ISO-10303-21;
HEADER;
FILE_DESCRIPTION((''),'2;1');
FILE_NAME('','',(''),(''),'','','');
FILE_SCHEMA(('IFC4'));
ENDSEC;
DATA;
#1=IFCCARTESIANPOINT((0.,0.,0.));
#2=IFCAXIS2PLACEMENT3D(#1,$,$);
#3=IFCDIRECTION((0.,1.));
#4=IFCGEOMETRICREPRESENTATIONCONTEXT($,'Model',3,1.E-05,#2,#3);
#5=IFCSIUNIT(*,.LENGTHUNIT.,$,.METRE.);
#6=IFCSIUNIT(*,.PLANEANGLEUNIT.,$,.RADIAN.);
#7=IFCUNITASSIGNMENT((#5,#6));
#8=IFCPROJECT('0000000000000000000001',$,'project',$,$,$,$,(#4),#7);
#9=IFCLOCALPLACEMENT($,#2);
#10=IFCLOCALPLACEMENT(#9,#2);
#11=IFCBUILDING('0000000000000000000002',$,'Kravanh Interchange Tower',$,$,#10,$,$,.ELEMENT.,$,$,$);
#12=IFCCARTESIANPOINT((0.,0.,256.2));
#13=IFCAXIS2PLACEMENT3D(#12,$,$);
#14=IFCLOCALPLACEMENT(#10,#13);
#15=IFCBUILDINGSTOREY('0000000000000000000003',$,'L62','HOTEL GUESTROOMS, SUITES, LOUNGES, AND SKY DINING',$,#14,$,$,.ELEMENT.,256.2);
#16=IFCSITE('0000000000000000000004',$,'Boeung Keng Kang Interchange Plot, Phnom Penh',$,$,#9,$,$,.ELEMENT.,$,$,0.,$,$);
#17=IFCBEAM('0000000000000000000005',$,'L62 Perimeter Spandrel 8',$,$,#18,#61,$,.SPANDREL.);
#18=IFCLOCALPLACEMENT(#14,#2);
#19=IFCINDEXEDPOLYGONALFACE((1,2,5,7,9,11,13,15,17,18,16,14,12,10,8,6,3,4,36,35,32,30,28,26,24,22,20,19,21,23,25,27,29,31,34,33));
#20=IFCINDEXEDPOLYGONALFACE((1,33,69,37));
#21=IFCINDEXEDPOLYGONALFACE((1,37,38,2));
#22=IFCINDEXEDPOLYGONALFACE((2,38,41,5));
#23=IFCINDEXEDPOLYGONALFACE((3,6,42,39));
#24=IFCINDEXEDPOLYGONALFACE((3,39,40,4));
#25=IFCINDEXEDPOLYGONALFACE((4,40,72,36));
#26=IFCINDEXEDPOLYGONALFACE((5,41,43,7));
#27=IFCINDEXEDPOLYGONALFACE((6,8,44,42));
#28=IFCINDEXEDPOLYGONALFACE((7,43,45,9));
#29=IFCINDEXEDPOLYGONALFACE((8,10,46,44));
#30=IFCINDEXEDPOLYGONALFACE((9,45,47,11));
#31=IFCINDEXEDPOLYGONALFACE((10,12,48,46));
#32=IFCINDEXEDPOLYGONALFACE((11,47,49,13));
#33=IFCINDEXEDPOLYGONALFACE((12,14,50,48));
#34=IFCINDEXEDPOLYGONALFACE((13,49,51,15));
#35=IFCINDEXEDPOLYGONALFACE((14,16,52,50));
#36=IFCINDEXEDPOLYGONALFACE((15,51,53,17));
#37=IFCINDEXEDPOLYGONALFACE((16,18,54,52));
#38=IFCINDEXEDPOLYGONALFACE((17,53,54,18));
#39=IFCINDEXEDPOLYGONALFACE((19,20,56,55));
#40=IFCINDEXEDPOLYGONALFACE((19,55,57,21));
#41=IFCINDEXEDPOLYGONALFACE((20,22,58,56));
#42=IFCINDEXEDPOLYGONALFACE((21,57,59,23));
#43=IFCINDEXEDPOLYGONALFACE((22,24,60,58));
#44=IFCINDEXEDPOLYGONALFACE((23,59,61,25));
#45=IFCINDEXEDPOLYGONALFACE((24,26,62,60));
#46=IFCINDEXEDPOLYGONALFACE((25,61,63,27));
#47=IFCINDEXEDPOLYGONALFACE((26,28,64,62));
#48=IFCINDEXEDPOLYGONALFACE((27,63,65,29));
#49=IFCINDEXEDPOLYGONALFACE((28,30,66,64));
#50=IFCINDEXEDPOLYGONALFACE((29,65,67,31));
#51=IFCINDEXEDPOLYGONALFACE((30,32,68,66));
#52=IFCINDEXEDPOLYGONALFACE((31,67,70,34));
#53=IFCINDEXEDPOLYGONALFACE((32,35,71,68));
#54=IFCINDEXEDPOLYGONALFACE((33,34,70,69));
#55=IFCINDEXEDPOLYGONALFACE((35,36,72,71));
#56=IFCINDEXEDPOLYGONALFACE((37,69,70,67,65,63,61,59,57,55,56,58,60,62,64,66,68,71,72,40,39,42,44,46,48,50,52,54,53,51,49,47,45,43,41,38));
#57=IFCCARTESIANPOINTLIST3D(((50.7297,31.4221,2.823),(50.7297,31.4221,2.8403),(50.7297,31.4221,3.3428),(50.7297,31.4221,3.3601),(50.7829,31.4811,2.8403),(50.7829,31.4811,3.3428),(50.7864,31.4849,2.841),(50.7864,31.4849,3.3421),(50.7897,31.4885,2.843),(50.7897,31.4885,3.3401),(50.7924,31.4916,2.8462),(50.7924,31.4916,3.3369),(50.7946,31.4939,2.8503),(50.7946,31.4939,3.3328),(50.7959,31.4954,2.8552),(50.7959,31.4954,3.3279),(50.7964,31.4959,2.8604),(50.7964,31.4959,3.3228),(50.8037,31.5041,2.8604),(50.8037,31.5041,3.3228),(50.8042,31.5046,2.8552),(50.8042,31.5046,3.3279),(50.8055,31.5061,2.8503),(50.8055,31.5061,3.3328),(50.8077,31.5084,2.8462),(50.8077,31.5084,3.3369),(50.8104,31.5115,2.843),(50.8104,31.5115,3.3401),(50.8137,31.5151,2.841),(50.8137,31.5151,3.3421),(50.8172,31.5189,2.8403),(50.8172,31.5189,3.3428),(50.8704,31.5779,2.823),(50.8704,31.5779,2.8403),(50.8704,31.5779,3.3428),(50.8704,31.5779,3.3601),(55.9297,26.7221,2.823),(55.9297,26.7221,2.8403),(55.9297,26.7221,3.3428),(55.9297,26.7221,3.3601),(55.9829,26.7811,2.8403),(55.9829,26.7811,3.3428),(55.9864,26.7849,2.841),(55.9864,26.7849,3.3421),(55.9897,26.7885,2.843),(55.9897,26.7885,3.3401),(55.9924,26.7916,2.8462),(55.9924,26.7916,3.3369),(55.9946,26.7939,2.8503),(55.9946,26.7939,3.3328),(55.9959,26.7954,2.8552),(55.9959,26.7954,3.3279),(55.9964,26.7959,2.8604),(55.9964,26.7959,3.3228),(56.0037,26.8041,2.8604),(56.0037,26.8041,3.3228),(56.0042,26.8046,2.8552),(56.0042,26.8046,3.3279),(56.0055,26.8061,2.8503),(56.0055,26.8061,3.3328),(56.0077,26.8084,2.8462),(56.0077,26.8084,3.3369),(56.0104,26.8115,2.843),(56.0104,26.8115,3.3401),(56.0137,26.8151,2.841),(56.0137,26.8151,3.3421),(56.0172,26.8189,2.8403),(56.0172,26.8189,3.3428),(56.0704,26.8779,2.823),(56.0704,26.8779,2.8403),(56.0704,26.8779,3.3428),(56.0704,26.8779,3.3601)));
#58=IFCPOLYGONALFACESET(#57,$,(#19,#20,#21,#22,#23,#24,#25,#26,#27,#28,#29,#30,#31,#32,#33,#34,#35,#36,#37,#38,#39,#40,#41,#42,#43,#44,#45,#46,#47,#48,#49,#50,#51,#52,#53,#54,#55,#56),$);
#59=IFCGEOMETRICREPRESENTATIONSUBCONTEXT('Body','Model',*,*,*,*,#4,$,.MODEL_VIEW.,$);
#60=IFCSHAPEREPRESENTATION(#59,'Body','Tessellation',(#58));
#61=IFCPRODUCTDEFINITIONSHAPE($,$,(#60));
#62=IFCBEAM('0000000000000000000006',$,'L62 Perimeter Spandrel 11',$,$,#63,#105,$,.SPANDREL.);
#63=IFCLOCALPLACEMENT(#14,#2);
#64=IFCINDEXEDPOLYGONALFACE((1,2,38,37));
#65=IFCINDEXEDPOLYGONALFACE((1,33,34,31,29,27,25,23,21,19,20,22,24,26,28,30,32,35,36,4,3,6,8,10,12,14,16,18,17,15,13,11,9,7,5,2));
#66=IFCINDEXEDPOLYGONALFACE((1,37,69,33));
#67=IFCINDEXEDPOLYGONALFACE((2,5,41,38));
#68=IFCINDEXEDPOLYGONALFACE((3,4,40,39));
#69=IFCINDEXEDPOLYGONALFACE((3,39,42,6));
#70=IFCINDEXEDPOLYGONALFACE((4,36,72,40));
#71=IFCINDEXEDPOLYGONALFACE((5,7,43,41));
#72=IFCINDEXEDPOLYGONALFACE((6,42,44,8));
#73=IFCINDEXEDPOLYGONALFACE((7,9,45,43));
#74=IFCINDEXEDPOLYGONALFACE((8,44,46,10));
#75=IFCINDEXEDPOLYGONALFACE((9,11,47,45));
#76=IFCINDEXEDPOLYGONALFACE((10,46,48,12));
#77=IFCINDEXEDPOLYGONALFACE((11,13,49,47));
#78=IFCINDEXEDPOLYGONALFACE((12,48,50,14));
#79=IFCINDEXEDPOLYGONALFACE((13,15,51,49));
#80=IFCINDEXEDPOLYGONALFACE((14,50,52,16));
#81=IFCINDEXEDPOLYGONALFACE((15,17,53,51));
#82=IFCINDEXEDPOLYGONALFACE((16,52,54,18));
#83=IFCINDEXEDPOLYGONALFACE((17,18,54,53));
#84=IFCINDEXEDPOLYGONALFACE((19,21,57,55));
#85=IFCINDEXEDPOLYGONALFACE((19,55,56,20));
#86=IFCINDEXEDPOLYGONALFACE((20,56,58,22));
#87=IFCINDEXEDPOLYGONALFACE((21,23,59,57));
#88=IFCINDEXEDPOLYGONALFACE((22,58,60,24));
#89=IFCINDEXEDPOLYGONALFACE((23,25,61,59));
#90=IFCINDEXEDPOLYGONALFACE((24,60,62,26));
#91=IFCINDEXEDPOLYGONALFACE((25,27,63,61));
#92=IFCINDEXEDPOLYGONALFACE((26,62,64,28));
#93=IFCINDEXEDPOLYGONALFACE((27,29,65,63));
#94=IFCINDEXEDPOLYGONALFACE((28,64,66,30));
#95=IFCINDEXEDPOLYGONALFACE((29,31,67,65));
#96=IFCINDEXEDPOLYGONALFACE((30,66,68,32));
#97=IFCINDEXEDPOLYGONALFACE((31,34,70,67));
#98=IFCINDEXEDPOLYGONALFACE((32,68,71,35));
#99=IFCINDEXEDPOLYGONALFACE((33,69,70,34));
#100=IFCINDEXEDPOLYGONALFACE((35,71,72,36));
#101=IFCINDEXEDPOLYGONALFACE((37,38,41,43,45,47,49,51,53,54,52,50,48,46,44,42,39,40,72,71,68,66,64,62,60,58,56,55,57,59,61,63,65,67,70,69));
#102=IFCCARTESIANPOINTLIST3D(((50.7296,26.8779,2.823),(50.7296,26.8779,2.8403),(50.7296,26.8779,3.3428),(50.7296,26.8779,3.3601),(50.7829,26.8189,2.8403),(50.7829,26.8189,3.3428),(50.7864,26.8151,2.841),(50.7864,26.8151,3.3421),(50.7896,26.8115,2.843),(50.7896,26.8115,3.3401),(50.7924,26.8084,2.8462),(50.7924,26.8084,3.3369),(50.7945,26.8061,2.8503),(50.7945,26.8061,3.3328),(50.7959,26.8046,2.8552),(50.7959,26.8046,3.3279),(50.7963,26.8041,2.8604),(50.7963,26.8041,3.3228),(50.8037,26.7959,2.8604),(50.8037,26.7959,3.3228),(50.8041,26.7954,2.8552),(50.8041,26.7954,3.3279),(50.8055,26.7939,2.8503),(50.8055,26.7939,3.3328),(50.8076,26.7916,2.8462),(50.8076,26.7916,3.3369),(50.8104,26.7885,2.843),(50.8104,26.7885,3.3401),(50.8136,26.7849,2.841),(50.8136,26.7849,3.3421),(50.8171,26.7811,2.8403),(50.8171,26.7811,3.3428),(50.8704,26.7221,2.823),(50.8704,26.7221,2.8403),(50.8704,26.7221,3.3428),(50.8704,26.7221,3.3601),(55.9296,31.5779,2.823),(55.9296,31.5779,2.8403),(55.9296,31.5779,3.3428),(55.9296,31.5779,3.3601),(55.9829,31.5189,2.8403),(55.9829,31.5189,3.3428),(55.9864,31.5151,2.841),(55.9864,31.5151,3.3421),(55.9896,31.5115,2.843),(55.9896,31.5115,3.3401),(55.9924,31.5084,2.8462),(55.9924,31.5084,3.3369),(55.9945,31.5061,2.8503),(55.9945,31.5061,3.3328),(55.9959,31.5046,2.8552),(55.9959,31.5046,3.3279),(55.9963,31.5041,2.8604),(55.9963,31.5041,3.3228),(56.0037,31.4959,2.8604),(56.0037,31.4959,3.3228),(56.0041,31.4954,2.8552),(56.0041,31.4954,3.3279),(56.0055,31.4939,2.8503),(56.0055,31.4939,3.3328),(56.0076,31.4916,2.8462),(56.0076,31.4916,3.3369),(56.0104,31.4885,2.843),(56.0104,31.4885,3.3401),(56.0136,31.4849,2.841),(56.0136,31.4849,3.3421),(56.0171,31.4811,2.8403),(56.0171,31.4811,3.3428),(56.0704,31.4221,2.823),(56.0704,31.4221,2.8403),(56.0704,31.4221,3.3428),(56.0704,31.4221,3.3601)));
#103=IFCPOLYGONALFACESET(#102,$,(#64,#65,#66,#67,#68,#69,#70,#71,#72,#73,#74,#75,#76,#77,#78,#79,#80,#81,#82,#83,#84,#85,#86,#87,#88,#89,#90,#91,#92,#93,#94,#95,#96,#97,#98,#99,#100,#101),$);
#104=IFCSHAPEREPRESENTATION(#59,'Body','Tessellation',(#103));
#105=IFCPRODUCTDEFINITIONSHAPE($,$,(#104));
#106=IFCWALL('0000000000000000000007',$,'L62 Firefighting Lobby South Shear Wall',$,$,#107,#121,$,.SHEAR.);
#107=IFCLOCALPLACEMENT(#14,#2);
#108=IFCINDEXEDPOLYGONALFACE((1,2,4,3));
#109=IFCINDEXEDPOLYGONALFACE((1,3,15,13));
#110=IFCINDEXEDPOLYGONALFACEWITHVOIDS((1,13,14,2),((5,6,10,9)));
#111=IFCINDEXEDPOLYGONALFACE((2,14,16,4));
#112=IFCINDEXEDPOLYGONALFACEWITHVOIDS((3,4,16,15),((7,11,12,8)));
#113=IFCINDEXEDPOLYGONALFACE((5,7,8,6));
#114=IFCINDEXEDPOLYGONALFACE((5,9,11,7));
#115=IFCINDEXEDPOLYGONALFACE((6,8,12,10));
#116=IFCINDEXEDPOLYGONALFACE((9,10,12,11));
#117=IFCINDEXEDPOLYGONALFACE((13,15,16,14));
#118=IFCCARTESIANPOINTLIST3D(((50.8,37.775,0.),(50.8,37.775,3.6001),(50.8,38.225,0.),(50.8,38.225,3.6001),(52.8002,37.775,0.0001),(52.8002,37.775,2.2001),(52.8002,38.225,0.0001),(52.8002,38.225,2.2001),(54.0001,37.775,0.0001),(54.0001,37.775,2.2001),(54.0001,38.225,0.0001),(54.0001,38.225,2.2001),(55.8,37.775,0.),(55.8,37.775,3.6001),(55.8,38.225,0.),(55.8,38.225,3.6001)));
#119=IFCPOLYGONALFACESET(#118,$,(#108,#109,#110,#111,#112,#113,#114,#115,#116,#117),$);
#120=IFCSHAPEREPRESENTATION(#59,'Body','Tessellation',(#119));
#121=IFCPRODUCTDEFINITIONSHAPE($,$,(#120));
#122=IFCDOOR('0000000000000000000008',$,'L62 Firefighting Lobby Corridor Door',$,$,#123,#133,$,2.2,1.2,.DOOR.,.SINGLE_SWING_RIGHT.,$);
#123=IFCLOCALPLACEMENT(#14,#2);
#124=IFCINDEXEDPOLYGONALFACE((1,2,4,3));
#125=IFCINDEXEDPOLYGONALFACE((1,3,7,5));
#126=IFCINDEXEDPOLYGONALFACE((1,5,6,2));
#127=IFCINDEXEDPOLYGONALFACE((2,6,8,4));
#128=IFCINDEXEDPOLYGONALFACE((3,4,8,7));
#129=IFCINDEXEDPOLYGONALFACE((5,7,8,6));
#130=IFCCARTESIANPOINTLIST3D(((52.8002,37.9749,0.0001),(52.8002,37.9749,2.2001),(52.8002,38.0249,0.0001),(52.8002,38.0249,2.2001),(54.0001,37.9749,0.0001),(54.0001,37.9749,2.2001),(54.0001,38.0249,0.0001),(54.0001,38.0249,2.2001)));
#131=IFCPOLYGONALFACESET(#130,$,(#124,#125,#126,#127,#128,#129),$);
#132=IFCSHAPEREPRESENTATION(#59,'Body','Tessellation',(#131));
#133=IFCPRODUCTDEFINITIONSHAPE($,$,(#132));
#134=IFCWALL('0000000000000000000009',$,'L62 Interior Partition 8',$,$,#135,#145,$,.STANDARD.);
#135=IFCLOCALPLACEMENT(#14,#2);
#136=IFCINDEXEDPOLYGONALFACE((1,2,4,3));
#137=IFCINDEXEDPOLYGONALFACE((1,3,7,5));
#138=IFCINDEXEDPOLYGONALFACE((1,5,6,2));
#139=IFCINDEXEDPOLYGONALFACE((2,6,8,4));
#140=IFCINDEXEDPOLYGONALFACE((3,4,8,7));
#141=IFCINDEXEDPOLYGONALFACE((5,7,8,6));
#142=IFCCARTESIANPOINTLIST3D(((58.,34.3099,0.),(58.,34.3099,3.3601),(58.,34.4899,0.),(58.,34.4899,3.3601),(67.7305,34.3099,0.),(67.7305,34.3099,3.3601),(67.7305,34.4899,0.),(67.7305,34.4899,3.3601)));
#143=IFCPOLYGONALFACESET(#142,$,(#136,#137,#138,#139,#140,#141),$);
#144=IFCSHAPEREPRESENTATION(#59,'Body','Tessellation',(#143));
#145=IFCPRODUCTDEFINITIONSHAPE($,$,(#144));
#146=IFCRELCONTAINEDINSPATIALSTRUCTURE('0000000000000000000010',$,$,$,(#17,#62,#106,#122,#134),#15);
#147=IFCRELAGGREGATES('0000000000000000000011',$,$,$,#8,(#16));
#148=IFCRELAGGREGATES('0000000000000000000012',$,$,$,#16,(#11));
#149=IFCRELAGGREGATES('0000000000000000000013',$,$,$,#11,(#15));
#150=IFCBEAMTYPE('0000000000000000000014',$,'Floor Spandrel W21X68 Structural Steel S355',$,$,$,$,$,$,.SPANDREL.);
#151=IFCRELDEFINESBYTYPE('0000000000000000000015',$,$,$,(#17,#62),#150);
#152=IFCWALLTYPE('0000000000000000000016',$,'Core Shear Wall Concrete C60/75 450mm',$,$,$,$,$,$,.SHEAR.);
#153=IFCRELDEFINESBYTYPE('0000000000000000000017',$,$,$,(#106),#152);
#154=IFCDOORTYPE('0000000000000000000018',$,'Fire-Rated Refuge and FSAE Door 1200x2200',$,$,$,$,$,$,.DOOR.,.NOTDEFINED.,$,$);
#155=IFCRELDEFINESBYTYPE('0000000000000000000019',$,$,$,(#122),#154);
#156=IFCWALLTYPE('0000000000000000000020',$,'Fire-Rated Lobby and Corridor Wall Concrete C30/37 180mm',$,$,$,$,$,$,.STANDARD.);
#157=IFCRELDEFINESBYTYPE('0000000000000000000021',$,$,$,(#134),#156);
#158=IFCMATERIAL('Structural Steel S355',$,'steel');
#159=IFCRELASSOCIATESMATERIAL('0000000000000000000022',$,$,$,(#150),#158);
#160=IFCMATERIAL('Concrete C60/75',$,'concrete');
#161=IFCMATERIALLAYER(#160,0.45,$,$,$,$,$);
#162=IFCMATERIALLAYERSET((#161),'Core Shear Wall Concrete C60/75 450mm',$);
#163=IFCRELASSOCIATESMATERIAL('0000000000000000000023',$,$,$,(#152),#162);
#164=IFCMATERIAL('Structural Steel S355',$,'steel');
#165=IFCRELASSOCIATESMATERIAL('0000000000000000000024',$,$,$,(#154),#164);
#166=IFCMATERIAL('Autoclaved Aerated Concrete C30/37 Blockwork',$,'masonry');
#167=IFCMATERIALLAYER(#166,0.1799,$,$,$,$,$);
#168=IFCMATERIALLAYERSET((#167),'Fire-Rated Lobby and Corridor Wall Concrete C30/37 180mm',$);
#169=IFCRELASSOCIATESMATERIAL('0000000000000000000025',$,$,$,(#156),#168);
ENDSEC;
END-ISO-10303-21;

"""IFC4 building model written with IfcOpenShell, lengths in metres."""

from ifc_helpers import new_model, si_unit, direction, frame, frame_2d, origin, origin_2d, place, context, subcontext, project, spatial, rectangle, i_section, extrude, material, layer, layer_set, material_profile, profile_set, type_object, element, fill, save


model = new_model("IFC4")

# Units and contexts
model_context = context("Model", 3, precision=1e-05, world=origin(), true_north=direction((0.0, 1.0)))
body_context = subcontext(model_context, "Body", "Model", "MODEL_VIEW")
ifc_project = project(units=[si_unit("LENGTHUNIT", "METRE"), si_unit("PLANEANGLEUNIT", "RADIAN")], contexts=[model_context])

# Site, building, storey
site_placement = place(None, origin())
site = spatial("IfcSite", under=ifc_project, at=site_placement, Name="Boeung Keng Kang Interchange Plot, Phnom Penh", CompositionType="ELEMENT", RefElevation=0.0)
building_placement = place(site_placement, origin())
building = spatial("IfcBuilding", under=site, at=building_placement, Name="Kravanh Interchange Tower", CompositionType="ELEMENT")
storey_placement = place(building_placement, frame((0.0, 0.0, 256.2)))
storey = spatial("IfcBuildingStorey", under=building, at=storey_placement, Name="L62", Description="HOTEL GUESTROOMS, SUITES, LOUNGES, AND SKY DINING", CompositionType="ELEMENT", Elevation=256.2)

# Beams
ifc_material_1 = material(Name="Structural Steel S355", Category="steel")
ifc_material_profile_1 = material_profile(ifc_material_1, i_section(OverallWidth=0.21, OverallDepth=0.5371, WebThickness=0.011, FlangeThickness=0.0173, FilletRadius=0.02, at=origin_2d()), Name="W21X68")
ifc_profile_set_1 = profile_set([ifc_material_profile_1], Name="Structural Steel S355")
beam_type_1 = type_object("IfcBeamType", Name="Floor Spandrel W21X68 Structural Steel S355", PredefinedType="SPANDREL", material=ifc_profile_set_1)
for number, where, z_axis, x_axis, name in (
    (1, (50.8, 31.5, 3.0916), (0.741874, -0.670539, 0.0), (0.670539, 0.741874, 0.0), "L62 Perimeter Spandrel 8"),
    (2, (56.0, 31.5, 3.0916), (-0.741874, -0.670539, 0.0), (0.670539, -0.741874, 0.0), "L62 Perimeter Spandrel 11"),
):
    element("IfcBeam", number, at=place(storey_placement, frame(where, z_axis=z_axis, x_axis=x_axis)), inside=storey, type_object=beam_type_1, Name=name, PredefinedType="SPANDREL", context=body_context, shape_type="SweptSolid", body=[
        extrude(i_section(OverallWidth=0.21, OverallDepth=0.5371, WebThickness=0.011, FlangeThickness=0.0173, FilletRadius=0.02, at=origin_2d()), origin(), (0.0, 0.0, 1.0), 7.0093),
    ])

# Shared definitions
ifc_material_2 = material(Name="Concrete C60/75", Category="concrete")
ifc_layer_1 = layer(ifc_material_2, 0.45)
ifc_layer_set_1 = layer_set([ifc_layer_1], Name="Core Shear Wall Concrete C60/75 450mm")
wall_type_1 = type_object("IfcWallType", Name="Core Shear Wall Concrete C60/75 450mm", PredefinedType="SHEAR", material=ifc_layer_set_1)

# Wall, opening, door
wall_1_placement = place(storey_placement, frame((50.8, 38.0, 0.0), z_axis=(0.0, 0.0, 1.0), x_axis=(1.0, 0.0, 0.0)))
wall_1 = element("IfcWall", 3, at=wall_1_placement, inside=storey, type_object=wall_type_1, Name="L62 Firefighting Lobby South Shear Wall", PredefinedType="SHEAR", context=body_context, shape_type="SweptSolid", body=[
    extrude(rectangle(XDim=5.0, YDim=0.45, at=frame_2d((2.5, 0.0))), origin(), (0.0, 0.0, 1.0), 3.6001),
])
opening_1_placement = place(wall_1_placement, frame((2.0, 0.0, 0.0)))
opening_1 = element("IfcOpeningElement", 4, at=opening_1_placement, cuts=wall_1, PredefinedType="OPENING", context=body_context, shape_type="SweptSolid", body=[
    extrude(rectangle(XDim=1.2, YDim=2.2, at=frame_2d((0.6001, 1.1001))), frame((0.0, 0.2349, 0.0), z_axis=(0.0, -1.0, 0.0), x_axis=(1.0, 0.0, 0.0)), (0.0, 0.0, 1.0), 0.47),
])
ifc_material_3 = material(Name="Structural Steel S355", Category="steel")
door_type_1 = type_object("IfcDoorType", Name="Fire-Rated Refuge and FSAE Door 1200x2200", OperationType="NOTDEFINED", PredefinedType="DOOR", material=ifc_material_3)
door_1_placement = place(opening_1_placement, origin())
door_1 = element("IfcDoor", 5, at=door_1_placement, inside=storey, type_object=door_type_1, Name="L62 Firefighting Lobby Corridor Door", OperationType="SINGLE_SWING_RIGHT", OverallHeight=2.2, OverallWidth=1.2, PredefinedType="DOOR", context=body_context, shape_type="SweptSolid", body=[
    extrude(rectangle(XDim=1.2, YDim=2.2, at=frame_2d((0.6001, 1.1001))), frame((0.0, 0.0249, 0.0), z_axis=(0.0, -1.0, 0.0), x_axis=(1.0, 0.0, 0.0)), (0.0, 0.0, 1.0), 0.05),
])
fill(opening_1, door_1)

# Wall
ifc_material_4 = material(Name="Autoclaved Aerated Concrete C30/37 Blockwork", Category="masonry")
ifc_layer_2 = layer(ifc_material_4, 0.1799)
ifc_layer_set_2 = layer_set([ifc_layer_2], Name="Fire-Rated Lobby and Corridor Wall Concrete C30/37 180mm")
wall_type_2 = type_object("IfcWallType", Name="Fire-Rated Lobby and Corridor Wall Concrete C30/37 180mm", PredefinedType="STANDARD", material=ifc_layer_set_2)
wall_2_placement = place(storey_placement, frame((58.0, 34.3999, 0.0), z_axis=(0.0, 0.0, 1.0), x_axis=(1.0, 0.0, 0.0)))
element("IfcWall", 6, at=wall_2_placement, inside=storey, type_object=wall_type_2, Name="L62 Interior Partition 8", PredefinedType="STANDARD", context=body_context, shape_type="SweptSolid", body=[
    extrude(rectangle(XDim=9.7305, YDim=0.1799, at=frame_2d((4.8652, 0.0))), origin(), (0.0, 0.0, 1.0), 3.3601),
])

save(model, "model.ifc")
